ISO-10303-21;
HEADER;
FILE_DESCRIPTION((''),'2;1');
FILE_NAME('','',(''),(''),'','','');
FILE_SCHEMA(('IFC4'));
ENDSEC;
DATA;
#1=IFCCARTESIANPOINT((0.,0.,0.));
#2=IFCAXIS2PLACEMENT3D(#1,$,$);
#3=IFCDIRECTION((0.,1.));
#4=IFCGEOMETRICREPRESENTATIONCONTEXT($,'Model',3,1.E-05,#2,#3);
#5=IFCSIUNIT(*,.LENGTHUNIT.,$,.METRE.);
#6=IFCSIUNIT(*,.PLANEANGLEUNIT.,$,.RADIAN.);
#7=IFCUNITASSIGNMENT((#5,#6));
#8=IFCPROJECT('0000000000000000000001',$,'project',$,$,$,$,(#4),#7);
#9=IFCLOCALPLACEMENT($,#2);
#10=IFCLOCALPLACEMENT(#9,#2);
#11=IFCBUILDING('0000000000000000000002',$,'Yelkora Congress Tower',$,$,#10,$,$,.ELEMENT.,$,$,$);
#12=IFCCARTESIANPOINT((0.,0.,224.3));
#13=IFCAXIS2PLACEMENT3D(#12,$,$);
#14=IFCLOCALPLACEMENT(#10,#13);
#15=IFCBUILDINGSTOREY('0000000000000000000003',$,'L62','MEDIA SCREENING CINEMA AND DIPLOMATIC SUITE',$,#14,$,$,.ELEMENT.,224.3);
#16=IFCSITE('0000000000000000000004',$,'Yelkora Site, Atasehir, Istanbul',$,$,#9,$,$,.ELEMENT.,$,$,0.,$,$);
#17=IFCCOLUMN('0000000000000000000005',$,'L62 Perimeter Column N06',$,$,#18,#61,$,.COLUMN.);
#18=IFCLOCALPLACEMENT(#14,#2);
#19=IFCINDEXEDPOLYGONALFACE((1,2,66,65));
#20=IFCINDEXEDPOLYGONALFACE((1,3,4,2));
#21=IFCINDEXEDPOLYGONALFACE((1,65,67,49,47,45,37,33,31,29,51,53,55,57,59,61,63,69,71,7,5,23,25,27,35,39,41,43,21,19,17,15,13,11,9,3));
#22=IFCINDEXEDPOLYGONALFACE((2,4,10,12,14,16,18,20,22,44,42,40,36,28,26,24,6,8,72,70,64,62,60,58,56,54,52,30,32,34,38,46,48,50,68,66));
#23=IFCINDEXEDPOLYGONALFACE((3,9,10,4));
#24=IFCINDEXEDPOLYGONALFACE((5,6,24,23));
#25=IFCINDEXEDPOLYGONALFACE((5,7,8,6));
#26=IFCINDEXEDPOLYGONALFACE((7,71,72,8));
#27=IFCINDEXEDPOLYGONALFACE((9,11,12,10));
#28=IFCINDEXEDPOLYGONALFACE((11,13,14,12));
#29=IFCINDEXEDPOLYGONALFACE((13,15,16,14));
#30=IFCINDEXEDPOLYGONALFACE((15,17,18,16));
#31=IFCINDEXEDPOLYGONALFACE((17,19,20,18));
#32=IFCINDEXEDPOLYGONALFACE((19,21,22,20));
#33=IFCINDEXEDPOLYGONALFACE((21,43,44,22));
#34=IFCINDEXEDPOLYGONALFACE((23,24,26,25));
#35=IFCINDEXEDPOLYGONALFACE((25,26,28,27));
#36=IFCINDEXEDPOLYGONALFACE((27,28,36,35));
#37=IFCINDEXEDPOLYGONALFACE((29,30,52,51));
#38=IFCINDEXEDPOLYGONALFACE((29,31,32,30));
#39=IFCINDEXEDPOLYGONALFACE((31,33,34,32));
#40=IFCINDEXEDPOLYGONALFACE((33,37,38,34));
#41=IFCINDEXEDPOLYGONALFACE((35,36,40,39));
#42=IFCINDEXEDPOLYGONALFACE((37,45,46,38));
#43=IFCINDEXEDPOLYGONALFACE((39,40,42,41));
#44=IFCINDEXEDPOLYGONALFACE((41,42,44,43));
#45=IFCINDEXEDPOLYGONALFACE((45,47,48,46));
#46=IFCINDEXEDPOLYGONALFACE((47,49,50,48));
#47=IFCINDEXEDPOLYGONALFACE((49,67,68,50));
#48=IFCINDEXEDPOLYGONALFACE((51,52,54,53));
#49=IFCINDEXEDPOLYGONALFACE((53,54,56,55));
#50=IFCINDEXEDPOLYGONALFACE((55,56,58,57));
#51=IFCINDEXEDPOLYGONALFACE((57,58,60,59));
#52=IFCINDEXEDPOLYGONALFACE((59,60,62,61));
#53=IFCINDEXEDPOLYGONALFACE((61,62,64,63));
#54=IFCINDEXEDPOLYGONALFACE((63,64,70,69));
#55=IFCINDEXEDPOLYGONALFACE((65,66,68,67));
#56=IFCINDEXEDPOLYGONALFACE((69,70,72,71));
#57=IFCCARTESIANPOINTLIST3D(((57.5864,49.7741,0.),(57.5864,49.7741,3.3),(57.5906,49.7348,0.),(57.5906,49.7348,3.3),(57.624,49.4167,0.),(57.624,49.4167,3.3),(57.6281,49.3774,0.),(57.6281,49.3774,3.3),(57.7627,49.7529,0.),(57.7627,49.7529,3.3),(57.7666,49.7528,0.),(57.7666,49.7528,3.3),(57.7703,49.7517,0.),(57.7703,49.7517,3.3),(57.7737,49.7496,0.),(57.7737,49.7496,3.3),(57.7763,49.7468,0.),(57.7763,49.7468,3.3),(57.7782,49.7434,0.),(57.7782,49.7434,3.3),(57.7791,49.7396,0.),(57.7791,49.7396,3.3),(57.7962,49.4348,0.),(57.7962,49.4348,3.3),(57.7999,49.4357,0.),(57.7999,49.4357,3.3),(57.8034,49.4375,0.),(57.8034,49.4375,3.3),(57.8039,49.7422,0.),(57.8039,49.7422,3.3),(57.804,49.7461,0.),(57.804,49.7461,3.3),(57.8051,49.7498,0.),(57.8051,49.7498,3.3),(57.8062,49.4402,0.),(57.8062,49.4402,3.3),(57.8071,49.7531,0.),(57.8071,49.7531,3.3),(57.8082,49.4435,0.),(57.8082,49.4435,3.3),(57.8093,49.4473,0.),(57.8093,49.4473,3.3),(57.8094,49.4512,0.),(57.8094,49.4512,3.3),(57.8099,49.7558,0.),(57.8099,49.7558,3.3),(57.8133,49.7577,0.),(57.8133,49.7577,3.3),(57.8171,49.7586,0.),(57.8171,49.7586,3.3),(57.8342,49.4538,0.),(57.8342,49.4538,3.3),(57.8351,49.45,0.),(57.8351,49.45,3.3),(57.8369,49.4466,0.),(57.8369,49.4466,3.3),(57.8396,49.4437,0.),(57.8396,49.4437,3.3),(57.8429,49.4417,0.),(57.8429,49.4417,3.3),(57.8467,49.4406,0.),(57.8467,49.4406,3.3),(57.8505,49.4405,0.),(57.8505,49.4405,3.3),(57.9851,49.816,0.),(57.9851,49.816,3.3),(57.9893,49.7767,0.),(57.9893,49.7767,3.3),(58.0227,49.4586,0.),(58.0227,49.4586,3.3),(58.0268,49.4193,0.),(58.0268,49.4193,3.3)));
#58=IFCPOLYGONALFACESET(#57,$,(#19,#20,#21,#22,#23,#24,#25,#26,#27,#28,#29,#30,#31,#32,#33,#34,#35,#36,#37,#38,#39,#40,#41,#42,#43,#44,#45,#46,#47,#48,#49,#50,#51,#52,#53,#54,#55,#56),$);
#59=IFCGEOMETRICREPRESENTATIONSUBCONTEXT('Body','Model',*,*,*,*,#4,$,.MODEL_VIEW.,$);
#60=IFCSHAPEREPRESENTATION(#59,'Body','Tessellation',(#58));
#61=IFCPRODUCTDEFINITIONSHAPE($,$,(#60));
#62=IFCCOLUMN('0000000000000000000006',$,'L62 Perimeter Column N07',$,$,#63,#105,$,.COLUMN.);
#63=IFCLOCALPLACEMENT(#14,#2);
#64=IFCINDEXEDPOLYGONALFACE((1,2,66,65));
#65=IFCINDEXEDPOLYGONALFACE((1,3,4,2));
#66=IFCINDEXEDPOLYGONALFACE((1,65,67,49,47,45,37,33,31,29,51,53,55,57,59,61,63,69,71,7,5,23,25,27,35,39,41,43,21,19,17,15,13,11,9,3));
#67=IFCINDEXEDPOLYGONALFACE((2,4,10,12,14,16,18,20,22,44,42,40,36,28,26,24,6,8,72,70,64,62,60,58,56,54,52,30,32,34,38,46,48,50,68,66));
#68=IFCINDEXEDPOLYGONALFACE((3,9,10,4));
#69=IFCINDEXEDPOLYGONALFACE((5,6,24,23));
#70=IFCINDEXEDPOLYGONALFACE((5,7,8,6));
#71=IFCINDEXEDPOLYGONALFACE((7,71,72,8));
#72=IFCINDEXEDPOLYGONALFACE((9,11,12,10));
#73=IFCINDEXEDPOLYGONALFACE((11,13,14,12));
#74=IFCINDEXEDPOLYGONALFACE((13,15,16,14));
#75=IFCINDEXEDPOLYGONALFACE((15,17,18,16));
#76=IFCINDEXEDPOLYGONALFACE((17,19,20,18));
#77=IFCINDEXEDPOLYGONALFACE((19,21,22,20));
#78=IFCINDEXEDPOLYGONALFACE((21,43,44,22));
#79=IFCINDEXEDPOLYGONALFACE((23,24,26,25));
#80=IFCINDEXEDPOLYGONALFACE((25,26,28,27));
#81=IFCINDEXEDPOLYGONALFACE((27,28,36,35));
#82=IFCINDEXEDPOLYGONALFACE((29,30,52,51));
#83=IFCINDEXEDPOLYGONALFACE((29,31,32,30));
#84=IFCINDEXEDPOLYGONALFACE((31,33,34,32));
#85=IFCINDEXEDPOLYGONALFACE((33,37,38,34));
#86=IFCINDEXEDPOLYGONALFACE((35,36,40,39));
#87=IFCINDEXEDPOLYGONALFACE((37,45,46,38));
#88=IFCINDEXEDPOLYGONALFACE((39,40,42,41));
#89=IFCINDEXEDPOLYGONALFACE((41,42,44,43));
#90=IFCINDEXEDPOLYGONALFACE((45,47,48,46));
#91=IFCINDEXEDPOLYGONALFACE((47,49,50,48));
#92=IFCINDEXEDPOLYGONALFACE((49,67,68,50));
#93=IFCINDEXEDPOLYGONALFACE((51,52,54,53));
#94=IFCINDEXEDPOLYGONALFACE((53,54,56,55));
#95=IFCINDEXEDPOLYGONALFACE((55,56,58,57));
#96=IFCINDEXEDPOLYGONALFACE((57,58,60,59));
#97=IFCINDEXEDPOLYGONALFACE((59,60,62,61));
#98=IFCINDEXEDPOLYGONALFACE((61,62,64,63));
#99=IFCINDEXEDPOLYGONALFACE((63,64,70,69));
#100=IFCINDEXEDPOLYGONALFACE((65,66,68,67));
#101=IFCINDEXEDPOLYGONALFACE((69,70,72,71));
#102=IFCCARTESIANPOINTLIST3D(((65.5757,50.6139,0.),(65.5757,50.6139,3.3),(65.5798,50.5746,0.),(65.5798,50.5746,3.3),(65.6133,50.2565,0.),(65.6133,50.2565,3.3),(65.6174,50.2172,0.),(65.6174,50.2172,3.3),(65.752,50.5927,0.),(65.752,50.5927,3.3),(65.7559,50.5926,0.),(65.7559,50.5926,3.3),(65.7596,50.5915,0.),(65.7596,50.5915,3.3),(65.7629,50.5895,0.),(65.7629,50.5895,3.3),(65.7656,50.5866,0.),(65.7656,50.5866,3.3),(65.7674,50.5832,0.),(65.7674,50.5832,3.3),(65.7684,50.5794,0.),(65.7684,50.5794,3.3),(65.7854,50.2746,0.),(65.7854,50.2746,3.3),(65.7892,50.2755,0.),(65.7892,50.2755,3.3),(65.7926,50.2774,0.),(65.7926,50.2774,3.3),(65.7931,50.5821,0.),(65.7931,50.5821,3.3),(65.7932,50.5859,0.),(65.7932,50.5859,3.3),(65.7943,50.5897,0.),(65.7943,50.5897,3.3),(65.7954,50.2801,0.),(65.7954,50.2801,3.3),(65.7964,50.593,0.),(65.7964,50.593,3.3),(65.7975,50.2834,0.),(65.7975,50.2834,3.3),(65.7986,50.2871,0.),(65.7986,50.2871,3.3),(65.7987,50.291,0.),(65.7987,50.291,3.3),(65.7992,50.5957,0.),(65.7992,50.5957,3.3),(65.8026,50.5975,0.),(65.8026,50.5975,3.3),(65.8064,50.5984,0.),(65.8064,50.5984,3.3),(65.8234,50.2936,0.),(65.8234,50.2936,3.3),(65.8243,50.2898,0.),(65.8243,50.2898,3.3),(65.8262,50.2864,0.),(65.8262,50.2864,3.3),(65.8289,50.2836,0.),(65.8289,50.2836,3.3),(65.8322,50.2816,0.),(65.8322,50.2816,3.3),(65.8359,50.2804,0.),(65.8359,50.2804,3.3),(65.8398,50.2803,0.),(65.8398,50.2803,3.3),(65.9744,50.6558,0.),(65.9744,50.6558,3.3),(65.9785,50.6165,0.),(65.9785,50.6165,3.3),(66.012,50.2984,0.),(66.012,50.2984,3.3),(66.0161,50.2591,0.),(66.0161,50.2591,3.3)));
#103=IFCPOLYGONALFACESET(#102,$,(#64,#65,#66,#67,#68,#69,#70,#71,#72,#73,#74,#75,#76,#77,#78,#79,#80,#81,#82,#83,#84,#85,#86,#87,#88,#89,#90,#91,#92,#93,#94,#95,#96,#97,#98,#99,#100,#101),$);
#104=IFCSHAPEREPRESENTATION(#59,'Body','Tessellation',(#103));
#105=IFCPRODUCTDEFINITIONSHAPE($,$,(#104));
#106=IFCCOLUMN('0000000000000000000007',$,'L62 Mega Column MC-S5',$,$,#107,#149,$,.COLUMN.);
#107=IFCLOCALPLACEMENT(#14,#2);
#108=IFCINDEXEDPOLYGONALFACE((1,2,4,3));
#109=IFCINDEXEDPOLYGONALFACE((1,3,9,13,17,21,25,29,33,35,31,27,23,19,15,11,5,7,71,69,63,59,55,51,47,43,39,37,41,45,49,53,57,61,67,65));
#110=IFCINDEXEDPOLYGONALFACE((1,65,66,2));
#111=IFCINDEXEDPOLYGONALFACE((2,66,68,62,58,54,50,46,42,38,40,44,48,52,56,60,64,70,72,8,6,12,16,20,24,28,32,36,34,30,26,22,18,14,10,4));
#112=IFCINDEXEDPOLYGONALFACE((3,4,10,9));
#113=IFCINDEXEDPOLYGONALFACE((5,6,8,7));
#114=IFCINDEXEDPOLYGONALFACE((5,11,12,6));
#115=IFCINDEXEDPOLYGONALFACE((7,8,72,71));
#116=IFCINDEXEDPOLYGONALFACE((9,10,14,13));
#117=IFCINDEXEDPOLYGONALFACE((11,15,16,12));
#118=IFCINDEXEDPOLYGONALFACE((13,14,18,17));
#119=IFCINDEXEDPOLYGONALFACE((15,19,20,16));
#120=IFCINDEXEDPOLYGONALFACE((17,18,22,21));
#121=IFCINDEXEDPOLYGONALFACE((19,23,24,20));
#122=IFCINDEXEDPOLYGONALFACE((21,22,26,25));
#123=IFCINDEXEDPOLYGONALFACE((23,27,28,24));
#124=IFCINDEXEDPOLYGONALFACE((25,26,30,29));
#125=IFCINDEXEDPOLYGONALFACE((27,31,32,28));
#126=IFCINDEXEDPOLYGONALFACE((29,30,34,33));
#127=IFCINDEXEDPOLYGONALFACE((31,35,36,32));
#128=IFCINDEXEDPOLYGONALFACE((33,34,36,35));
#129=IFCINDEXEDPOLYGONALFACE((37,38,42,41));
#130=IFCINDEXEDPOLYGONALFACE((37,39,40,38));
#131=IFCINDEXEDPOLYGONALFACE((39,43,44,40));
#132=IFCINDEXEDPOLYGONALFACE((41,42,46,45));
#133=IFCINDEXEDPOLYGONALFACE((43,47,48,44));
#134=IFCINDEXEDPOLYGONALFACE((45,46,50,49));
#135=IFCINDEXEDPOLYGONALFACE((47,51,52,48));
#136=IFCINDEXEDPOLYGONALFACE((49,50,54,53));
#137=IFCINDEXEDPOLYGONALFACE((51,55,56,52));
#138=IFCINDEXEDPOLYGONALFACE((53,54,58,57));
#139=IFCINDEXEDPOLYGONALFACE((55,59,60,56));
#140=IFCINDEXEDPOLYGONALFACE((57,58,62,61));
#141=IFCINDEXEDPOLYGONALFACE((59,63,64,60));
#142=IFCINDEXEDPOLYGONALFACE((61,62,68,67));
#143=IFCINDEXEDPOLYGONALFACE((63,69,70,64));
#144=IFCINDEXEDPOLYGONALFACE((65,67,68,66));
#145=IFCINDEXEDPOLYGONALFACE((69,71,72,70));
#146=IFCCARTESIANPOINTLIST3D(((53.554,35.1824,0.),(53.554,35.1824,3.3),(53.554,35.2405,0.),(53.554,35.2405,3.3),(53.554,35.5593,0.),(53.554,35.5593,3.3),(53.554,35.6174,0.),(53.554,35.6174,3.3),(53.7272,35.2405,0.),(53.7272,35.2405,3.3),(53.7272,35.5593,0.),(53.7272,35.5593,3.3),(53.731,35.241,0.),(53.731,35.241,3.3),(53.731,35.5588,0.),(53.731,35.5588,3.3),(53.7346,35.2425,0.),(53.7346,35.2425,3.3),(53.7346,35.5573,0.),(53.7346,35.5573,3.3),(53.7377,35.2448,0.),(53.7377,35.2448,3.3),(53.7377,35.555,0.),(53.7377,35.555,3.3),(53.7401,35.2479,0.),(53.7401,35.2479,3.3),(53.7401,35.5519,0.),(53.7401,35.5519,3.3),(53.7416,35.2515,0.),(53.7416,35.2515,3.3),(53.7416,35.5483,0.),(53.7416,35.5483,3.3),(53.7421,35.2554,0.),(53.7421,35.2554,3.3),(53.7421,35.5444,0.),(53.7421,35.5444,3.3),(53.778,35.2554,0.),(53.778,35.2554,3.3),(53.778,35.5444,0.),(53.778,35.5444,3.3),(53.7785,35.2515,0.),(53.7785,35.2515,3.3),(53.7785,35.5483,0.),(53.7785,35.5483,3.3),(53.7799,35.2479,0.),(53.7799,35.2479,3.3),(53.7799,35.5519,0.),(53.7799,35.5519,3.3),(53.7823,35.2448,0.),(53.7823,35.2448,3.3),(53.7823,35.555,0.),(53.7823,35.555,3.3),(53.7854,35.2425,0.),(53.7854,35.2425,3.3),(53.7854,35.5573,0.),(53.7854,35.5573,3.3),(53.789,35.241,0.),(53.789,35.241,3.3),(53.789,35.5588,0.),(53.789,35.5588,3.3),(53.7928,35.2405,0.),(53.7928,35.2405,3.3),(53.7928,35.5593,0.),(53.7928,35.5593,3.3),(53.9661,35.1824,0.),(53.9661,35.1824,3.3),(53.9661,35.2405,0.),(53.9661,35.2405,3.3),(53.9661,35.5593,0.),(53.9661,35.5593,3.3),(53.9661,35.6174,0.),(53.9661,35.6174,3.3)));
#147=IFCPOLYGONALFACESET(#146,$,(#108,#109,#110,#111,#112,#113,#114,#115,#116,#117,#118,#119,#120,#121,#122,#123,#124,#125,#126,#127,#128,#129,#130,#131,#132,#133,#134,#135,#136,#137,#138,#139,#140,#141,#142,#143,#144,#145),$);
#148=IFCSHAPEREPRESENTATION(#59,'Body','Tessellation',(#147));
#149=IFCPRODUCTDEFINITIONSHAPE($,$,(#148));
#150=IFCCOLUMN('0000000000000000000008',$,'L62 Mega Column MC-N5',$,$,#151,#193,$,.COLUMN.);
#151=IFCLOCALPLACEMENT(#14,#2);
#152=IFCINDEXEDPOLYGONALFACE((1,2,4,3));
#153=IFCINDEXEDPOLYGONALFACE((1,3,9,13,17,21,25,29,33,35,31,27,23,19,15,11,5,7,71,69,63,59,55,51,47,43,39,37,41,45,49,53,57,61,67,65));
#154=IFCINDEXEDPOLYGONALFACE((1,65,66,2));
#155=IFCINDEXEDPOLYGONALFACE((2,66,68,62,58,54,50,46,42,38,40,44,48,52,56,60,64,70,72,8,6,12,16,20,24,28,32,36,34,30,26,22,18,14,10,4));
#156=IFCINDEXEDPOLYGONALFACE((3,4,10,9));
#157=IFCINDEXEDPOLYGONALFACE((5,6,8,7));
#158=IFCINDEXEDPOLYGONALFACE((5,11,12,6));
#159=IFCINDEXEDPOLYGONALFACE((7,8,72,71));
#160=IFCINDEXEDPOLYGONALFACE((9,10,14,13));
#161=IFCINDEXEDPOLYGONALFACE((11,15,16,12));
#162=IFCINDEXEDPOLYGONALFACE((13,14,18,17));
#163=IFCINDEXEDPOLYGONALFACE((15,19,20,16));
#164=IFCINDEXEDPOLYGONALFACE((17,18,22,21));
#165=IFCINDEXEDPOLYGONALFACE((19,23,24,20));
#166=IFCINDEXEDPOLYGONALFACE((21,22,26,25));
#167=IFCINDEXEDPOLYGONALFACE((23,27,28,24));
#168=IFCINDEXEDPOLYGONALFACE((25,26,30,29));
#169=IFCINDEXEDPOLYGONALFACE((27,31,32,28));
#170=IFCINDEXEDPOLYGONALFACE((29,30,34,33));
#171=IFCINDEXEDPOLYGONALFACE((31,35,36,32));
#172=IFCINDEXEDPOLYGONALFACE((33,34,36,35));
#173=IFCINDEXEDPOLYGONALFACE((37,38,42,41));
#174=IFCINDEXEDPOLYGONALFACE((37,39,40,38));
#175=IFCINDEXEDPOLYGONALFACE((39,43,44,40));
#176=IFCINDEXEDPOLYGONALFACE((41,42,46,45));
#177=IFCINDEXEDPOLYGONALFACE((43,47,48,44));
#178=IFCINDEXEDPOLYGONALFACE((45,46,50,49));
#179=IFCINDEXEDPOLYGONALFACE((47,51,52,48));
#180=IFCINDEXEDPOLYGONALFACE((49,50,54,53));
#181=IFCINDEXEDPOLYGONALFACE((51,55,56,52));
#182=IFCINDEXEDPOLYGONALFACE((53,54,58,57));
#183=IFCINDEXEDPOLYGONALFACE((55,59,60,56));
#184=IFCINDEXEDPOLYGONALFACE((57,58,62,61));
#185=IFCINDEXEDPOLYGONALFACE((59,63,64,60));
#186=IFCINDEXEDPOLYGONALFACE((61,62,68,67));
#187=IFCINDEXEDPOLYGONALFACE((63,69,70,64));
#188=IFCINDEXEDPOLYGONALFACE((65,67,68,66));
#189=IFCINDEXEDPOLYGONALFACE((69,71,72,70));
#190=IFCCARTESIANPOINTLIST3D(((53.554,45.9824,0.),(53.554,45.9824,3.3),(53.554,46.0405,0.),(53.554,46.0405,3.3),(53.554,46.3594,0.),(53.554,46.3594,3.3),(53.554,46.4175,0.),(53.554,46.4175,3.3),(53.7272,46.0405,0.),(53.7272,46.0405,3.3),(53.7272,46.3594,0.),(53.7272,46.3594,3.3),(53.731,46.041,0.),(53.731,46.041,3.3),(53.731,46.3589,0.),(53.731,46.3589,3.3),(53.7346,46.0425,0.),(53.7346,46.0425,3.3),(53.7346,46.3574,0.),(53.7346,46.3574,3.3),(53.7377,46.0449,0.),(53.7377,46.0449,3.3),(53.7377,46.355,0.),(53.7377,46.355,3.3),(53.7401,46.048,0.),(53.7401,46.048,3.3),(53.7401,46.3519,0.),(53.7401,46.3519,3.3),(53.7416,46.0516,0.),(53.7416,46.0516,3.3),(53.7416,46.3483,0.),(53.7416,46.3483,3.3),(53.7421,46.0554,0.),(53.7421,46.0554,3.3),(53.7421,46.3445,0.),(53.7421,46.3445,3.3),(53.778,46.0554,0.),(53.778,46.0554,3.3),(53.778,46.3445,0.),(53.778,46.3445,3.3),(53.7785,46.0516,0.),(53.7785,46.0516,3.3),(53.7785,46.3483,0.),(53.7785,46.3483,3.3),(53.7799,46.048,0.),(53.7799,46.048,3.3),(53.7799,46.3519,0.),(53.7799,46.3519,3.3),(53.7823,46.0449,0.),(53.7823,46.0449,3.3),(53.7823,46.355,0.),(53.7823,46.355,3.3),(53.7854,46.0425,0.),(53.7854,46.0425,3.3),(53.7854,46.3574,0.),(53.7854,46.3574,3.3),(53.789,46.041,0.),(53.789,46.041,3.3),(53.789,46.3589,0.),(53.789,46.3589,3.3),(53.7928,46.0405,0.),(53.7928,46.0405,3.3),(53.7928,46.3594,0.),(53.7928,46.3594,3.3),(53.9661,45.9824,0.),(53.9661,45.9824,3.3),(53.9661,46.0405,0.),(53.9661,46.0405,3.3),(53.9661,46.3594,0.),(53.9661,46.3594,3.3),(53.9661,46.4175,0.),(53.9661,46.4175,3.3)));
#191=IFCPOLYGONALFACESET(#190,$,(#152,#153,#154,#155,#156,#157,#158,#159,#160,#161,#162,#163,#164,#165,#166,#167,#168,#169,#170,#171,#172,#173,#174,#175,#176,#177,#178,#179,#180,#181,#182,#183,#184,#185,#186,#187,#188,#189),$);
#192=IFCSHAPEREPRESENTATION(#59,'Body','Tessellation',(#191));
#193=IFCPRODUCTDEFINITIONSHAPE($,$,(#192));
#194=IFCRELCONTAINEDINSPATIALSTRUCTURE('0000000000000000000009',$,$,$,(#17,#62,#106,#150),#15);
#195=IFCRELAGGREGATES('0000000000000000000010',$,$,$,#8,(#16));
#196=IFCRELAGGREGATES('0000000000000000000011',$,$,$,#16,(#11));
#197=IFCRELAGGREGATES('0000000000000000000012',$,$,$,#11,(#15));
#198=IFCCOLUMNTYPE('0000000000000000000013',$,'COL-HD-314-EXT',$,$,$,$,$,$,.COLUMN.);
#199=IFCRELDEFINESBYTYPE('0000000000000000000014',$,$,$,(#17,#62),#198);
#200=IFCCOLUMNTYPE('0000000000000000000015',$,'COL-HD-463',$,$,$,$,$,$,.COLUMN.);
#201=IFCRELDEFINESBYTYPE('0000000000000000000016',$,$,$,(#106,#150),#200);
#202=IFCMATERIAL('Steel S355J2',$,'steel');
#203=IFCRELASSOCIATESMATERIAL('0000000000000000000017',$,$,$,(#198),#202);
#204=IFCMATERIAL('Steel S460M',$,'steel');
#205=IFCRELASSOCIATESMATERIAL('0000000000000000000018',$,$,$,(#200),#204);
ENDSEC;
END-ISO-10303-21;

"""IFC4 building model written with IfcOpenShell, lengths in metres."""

from ifc_helpers import new_model, si_unit, direction, frame, origin, origin_2d, place, context, subcontext, project, spatial, i_section, extrude, material, material_profile, profile_set, type_object, element, save


model = new_model("IFC4")

# Units and contexts
model_context = context("Model", 3, precision=1e-05, world=origin(), true_north=direction((0.0, 1.0)))
body_context = subcontext(model_context, "Body", "Model", "MODEL_VIEW")
ifc_project = project(units=[si_unit("LENGTHUNIT", "METRE"), si_unit("PLANEANGLEUNIT", "RADIAN")], contexts=[model_context])

# Site, building, storey
site_placement = place(None, origin())
site = spatial("IfcSite", under=ifc_project, at=site_placement, Name="Yelkora Site, Atasehir, Istanbul", CompositionType="ELEMENT", RefElevation=0.0)
building_placement = place(site_placement, origin())
building = spatial("IfcBuilding", under=site, at=building_placement, Name="Yelkora Congress Tower", CompositionType="ELEMENT")
storey_placement = place(building_placement, frame((0.0, 0.0, 224.3)))
storey = spatial("IfcBuildingStorey", under=building, at=storey_placement, Name="L62", Description="MEDIA SCREENING CINEMA AND DIPLOMATIC SUITE", CompositionType="ELEMENT", Elevation=224.3)

# Columns
ifc_material_1 = material(Name="Steel S355J2", Category="steel")
ifc_material_profile_1 = material_profile(ifc_material_1, i_section(OverallWidth=0.4009, OverallDepth=0.3989, WebThickness=0.0249, FlangeThickness=0.0396, FilletRadius=0.0149, at=origin_2d()), Name="HD 400x314")
ifc_profile_set_1 = profile_set([ifc_material_profile_1], Name="Steel S355J2")
column_type_1 = type_object("IfcColumnType", Name="COL-HD-314-EXT", PredefinedType="COLUMN", material=ifc_profile_set_1)
for number, where, z_axis, x_axis, name in (
    (1, (57.8066, 49.5967, 0.0), (0.0, 0.0, 1.0), (0.994522, 0.104528, 0.0), "L62 Perimeter Column N06"),
    (2, (65.7959, 50.4365, 0.0), (0.0, 0.0, 1.0), (0.994522, 0.104528, 0.0), "L62 Perimeter Column N07"),
):
    element("IfcColumn", number, at=place(storey_placement, frame(where, z_axis=z_axis, x_axis=x_axis)), inside=storey, type_object=column_type_1, Name=name, PredefinedType="COLUMN", context=body_context, shape_type="SweptSolid", body=[
        extrude(i_section(OverallWidth=0.4009, OverallDepth=0.3989, WebThickness=0.0249, FlangeThickness=0.0396, FilletRadius=0.0149, at=origin_2d()), origin(), (0.0, 0.0, 1.0), 3.3),
    ])
ifc_material_2 = material(Name="Steel S460M", Category="steel")
ifc_material_profile_2 = material_profile(ifc_material_2, i_section(OverallWidth=0.4121, OverallDepth=0.4351, WebThickness=0.0359, FlangeThickness=0.0581, FilletRadius=0.0149, at=origin_2d()), Name="HD 400x463")
ifc_profile_set_2 = profile_set([ifc_material_profile_2], Name="Steel S460M")
column_type_2 = type_object("IfcColumnType", Name="COL-HD-463", PredefinedType="COLUMN", material=ifc_profile_set_2)
for number, where, z_axis, x_axis, name in (
    (3, (53.76, 35.3999, 0.0), (0.0, 0.0, 1.0), (1.0, 0.0, 0.0), "L62 Mega Column MC-S5"),
    (4, (53.76, 46.2, 0.0), (0.0, 0.0, 1.0), (1.0, 0.0, 0.0), "L62 Mega Column MC-N5"),
):
    element("IfcColumn", number, at=place(storey_placement, frame(where, z_axis=z_axis, x_axis=x_axis)), inside=storey, type_object=column_type_2, Name=name, PredefinedType="COLUMN", context=body_context, shape_type="SweptSolid", body=[
        extrude(i_section(OverallWidth=0.4121, OverallDepth=0.4351, WebThickness=0.0359, FlangeThickness=0.0581, FilletRadius=0.0149, at=origin_2d()), origin(), (0.0, 0.0, 1.0), 3.3),
    ])

save(model, "model.ifc")
